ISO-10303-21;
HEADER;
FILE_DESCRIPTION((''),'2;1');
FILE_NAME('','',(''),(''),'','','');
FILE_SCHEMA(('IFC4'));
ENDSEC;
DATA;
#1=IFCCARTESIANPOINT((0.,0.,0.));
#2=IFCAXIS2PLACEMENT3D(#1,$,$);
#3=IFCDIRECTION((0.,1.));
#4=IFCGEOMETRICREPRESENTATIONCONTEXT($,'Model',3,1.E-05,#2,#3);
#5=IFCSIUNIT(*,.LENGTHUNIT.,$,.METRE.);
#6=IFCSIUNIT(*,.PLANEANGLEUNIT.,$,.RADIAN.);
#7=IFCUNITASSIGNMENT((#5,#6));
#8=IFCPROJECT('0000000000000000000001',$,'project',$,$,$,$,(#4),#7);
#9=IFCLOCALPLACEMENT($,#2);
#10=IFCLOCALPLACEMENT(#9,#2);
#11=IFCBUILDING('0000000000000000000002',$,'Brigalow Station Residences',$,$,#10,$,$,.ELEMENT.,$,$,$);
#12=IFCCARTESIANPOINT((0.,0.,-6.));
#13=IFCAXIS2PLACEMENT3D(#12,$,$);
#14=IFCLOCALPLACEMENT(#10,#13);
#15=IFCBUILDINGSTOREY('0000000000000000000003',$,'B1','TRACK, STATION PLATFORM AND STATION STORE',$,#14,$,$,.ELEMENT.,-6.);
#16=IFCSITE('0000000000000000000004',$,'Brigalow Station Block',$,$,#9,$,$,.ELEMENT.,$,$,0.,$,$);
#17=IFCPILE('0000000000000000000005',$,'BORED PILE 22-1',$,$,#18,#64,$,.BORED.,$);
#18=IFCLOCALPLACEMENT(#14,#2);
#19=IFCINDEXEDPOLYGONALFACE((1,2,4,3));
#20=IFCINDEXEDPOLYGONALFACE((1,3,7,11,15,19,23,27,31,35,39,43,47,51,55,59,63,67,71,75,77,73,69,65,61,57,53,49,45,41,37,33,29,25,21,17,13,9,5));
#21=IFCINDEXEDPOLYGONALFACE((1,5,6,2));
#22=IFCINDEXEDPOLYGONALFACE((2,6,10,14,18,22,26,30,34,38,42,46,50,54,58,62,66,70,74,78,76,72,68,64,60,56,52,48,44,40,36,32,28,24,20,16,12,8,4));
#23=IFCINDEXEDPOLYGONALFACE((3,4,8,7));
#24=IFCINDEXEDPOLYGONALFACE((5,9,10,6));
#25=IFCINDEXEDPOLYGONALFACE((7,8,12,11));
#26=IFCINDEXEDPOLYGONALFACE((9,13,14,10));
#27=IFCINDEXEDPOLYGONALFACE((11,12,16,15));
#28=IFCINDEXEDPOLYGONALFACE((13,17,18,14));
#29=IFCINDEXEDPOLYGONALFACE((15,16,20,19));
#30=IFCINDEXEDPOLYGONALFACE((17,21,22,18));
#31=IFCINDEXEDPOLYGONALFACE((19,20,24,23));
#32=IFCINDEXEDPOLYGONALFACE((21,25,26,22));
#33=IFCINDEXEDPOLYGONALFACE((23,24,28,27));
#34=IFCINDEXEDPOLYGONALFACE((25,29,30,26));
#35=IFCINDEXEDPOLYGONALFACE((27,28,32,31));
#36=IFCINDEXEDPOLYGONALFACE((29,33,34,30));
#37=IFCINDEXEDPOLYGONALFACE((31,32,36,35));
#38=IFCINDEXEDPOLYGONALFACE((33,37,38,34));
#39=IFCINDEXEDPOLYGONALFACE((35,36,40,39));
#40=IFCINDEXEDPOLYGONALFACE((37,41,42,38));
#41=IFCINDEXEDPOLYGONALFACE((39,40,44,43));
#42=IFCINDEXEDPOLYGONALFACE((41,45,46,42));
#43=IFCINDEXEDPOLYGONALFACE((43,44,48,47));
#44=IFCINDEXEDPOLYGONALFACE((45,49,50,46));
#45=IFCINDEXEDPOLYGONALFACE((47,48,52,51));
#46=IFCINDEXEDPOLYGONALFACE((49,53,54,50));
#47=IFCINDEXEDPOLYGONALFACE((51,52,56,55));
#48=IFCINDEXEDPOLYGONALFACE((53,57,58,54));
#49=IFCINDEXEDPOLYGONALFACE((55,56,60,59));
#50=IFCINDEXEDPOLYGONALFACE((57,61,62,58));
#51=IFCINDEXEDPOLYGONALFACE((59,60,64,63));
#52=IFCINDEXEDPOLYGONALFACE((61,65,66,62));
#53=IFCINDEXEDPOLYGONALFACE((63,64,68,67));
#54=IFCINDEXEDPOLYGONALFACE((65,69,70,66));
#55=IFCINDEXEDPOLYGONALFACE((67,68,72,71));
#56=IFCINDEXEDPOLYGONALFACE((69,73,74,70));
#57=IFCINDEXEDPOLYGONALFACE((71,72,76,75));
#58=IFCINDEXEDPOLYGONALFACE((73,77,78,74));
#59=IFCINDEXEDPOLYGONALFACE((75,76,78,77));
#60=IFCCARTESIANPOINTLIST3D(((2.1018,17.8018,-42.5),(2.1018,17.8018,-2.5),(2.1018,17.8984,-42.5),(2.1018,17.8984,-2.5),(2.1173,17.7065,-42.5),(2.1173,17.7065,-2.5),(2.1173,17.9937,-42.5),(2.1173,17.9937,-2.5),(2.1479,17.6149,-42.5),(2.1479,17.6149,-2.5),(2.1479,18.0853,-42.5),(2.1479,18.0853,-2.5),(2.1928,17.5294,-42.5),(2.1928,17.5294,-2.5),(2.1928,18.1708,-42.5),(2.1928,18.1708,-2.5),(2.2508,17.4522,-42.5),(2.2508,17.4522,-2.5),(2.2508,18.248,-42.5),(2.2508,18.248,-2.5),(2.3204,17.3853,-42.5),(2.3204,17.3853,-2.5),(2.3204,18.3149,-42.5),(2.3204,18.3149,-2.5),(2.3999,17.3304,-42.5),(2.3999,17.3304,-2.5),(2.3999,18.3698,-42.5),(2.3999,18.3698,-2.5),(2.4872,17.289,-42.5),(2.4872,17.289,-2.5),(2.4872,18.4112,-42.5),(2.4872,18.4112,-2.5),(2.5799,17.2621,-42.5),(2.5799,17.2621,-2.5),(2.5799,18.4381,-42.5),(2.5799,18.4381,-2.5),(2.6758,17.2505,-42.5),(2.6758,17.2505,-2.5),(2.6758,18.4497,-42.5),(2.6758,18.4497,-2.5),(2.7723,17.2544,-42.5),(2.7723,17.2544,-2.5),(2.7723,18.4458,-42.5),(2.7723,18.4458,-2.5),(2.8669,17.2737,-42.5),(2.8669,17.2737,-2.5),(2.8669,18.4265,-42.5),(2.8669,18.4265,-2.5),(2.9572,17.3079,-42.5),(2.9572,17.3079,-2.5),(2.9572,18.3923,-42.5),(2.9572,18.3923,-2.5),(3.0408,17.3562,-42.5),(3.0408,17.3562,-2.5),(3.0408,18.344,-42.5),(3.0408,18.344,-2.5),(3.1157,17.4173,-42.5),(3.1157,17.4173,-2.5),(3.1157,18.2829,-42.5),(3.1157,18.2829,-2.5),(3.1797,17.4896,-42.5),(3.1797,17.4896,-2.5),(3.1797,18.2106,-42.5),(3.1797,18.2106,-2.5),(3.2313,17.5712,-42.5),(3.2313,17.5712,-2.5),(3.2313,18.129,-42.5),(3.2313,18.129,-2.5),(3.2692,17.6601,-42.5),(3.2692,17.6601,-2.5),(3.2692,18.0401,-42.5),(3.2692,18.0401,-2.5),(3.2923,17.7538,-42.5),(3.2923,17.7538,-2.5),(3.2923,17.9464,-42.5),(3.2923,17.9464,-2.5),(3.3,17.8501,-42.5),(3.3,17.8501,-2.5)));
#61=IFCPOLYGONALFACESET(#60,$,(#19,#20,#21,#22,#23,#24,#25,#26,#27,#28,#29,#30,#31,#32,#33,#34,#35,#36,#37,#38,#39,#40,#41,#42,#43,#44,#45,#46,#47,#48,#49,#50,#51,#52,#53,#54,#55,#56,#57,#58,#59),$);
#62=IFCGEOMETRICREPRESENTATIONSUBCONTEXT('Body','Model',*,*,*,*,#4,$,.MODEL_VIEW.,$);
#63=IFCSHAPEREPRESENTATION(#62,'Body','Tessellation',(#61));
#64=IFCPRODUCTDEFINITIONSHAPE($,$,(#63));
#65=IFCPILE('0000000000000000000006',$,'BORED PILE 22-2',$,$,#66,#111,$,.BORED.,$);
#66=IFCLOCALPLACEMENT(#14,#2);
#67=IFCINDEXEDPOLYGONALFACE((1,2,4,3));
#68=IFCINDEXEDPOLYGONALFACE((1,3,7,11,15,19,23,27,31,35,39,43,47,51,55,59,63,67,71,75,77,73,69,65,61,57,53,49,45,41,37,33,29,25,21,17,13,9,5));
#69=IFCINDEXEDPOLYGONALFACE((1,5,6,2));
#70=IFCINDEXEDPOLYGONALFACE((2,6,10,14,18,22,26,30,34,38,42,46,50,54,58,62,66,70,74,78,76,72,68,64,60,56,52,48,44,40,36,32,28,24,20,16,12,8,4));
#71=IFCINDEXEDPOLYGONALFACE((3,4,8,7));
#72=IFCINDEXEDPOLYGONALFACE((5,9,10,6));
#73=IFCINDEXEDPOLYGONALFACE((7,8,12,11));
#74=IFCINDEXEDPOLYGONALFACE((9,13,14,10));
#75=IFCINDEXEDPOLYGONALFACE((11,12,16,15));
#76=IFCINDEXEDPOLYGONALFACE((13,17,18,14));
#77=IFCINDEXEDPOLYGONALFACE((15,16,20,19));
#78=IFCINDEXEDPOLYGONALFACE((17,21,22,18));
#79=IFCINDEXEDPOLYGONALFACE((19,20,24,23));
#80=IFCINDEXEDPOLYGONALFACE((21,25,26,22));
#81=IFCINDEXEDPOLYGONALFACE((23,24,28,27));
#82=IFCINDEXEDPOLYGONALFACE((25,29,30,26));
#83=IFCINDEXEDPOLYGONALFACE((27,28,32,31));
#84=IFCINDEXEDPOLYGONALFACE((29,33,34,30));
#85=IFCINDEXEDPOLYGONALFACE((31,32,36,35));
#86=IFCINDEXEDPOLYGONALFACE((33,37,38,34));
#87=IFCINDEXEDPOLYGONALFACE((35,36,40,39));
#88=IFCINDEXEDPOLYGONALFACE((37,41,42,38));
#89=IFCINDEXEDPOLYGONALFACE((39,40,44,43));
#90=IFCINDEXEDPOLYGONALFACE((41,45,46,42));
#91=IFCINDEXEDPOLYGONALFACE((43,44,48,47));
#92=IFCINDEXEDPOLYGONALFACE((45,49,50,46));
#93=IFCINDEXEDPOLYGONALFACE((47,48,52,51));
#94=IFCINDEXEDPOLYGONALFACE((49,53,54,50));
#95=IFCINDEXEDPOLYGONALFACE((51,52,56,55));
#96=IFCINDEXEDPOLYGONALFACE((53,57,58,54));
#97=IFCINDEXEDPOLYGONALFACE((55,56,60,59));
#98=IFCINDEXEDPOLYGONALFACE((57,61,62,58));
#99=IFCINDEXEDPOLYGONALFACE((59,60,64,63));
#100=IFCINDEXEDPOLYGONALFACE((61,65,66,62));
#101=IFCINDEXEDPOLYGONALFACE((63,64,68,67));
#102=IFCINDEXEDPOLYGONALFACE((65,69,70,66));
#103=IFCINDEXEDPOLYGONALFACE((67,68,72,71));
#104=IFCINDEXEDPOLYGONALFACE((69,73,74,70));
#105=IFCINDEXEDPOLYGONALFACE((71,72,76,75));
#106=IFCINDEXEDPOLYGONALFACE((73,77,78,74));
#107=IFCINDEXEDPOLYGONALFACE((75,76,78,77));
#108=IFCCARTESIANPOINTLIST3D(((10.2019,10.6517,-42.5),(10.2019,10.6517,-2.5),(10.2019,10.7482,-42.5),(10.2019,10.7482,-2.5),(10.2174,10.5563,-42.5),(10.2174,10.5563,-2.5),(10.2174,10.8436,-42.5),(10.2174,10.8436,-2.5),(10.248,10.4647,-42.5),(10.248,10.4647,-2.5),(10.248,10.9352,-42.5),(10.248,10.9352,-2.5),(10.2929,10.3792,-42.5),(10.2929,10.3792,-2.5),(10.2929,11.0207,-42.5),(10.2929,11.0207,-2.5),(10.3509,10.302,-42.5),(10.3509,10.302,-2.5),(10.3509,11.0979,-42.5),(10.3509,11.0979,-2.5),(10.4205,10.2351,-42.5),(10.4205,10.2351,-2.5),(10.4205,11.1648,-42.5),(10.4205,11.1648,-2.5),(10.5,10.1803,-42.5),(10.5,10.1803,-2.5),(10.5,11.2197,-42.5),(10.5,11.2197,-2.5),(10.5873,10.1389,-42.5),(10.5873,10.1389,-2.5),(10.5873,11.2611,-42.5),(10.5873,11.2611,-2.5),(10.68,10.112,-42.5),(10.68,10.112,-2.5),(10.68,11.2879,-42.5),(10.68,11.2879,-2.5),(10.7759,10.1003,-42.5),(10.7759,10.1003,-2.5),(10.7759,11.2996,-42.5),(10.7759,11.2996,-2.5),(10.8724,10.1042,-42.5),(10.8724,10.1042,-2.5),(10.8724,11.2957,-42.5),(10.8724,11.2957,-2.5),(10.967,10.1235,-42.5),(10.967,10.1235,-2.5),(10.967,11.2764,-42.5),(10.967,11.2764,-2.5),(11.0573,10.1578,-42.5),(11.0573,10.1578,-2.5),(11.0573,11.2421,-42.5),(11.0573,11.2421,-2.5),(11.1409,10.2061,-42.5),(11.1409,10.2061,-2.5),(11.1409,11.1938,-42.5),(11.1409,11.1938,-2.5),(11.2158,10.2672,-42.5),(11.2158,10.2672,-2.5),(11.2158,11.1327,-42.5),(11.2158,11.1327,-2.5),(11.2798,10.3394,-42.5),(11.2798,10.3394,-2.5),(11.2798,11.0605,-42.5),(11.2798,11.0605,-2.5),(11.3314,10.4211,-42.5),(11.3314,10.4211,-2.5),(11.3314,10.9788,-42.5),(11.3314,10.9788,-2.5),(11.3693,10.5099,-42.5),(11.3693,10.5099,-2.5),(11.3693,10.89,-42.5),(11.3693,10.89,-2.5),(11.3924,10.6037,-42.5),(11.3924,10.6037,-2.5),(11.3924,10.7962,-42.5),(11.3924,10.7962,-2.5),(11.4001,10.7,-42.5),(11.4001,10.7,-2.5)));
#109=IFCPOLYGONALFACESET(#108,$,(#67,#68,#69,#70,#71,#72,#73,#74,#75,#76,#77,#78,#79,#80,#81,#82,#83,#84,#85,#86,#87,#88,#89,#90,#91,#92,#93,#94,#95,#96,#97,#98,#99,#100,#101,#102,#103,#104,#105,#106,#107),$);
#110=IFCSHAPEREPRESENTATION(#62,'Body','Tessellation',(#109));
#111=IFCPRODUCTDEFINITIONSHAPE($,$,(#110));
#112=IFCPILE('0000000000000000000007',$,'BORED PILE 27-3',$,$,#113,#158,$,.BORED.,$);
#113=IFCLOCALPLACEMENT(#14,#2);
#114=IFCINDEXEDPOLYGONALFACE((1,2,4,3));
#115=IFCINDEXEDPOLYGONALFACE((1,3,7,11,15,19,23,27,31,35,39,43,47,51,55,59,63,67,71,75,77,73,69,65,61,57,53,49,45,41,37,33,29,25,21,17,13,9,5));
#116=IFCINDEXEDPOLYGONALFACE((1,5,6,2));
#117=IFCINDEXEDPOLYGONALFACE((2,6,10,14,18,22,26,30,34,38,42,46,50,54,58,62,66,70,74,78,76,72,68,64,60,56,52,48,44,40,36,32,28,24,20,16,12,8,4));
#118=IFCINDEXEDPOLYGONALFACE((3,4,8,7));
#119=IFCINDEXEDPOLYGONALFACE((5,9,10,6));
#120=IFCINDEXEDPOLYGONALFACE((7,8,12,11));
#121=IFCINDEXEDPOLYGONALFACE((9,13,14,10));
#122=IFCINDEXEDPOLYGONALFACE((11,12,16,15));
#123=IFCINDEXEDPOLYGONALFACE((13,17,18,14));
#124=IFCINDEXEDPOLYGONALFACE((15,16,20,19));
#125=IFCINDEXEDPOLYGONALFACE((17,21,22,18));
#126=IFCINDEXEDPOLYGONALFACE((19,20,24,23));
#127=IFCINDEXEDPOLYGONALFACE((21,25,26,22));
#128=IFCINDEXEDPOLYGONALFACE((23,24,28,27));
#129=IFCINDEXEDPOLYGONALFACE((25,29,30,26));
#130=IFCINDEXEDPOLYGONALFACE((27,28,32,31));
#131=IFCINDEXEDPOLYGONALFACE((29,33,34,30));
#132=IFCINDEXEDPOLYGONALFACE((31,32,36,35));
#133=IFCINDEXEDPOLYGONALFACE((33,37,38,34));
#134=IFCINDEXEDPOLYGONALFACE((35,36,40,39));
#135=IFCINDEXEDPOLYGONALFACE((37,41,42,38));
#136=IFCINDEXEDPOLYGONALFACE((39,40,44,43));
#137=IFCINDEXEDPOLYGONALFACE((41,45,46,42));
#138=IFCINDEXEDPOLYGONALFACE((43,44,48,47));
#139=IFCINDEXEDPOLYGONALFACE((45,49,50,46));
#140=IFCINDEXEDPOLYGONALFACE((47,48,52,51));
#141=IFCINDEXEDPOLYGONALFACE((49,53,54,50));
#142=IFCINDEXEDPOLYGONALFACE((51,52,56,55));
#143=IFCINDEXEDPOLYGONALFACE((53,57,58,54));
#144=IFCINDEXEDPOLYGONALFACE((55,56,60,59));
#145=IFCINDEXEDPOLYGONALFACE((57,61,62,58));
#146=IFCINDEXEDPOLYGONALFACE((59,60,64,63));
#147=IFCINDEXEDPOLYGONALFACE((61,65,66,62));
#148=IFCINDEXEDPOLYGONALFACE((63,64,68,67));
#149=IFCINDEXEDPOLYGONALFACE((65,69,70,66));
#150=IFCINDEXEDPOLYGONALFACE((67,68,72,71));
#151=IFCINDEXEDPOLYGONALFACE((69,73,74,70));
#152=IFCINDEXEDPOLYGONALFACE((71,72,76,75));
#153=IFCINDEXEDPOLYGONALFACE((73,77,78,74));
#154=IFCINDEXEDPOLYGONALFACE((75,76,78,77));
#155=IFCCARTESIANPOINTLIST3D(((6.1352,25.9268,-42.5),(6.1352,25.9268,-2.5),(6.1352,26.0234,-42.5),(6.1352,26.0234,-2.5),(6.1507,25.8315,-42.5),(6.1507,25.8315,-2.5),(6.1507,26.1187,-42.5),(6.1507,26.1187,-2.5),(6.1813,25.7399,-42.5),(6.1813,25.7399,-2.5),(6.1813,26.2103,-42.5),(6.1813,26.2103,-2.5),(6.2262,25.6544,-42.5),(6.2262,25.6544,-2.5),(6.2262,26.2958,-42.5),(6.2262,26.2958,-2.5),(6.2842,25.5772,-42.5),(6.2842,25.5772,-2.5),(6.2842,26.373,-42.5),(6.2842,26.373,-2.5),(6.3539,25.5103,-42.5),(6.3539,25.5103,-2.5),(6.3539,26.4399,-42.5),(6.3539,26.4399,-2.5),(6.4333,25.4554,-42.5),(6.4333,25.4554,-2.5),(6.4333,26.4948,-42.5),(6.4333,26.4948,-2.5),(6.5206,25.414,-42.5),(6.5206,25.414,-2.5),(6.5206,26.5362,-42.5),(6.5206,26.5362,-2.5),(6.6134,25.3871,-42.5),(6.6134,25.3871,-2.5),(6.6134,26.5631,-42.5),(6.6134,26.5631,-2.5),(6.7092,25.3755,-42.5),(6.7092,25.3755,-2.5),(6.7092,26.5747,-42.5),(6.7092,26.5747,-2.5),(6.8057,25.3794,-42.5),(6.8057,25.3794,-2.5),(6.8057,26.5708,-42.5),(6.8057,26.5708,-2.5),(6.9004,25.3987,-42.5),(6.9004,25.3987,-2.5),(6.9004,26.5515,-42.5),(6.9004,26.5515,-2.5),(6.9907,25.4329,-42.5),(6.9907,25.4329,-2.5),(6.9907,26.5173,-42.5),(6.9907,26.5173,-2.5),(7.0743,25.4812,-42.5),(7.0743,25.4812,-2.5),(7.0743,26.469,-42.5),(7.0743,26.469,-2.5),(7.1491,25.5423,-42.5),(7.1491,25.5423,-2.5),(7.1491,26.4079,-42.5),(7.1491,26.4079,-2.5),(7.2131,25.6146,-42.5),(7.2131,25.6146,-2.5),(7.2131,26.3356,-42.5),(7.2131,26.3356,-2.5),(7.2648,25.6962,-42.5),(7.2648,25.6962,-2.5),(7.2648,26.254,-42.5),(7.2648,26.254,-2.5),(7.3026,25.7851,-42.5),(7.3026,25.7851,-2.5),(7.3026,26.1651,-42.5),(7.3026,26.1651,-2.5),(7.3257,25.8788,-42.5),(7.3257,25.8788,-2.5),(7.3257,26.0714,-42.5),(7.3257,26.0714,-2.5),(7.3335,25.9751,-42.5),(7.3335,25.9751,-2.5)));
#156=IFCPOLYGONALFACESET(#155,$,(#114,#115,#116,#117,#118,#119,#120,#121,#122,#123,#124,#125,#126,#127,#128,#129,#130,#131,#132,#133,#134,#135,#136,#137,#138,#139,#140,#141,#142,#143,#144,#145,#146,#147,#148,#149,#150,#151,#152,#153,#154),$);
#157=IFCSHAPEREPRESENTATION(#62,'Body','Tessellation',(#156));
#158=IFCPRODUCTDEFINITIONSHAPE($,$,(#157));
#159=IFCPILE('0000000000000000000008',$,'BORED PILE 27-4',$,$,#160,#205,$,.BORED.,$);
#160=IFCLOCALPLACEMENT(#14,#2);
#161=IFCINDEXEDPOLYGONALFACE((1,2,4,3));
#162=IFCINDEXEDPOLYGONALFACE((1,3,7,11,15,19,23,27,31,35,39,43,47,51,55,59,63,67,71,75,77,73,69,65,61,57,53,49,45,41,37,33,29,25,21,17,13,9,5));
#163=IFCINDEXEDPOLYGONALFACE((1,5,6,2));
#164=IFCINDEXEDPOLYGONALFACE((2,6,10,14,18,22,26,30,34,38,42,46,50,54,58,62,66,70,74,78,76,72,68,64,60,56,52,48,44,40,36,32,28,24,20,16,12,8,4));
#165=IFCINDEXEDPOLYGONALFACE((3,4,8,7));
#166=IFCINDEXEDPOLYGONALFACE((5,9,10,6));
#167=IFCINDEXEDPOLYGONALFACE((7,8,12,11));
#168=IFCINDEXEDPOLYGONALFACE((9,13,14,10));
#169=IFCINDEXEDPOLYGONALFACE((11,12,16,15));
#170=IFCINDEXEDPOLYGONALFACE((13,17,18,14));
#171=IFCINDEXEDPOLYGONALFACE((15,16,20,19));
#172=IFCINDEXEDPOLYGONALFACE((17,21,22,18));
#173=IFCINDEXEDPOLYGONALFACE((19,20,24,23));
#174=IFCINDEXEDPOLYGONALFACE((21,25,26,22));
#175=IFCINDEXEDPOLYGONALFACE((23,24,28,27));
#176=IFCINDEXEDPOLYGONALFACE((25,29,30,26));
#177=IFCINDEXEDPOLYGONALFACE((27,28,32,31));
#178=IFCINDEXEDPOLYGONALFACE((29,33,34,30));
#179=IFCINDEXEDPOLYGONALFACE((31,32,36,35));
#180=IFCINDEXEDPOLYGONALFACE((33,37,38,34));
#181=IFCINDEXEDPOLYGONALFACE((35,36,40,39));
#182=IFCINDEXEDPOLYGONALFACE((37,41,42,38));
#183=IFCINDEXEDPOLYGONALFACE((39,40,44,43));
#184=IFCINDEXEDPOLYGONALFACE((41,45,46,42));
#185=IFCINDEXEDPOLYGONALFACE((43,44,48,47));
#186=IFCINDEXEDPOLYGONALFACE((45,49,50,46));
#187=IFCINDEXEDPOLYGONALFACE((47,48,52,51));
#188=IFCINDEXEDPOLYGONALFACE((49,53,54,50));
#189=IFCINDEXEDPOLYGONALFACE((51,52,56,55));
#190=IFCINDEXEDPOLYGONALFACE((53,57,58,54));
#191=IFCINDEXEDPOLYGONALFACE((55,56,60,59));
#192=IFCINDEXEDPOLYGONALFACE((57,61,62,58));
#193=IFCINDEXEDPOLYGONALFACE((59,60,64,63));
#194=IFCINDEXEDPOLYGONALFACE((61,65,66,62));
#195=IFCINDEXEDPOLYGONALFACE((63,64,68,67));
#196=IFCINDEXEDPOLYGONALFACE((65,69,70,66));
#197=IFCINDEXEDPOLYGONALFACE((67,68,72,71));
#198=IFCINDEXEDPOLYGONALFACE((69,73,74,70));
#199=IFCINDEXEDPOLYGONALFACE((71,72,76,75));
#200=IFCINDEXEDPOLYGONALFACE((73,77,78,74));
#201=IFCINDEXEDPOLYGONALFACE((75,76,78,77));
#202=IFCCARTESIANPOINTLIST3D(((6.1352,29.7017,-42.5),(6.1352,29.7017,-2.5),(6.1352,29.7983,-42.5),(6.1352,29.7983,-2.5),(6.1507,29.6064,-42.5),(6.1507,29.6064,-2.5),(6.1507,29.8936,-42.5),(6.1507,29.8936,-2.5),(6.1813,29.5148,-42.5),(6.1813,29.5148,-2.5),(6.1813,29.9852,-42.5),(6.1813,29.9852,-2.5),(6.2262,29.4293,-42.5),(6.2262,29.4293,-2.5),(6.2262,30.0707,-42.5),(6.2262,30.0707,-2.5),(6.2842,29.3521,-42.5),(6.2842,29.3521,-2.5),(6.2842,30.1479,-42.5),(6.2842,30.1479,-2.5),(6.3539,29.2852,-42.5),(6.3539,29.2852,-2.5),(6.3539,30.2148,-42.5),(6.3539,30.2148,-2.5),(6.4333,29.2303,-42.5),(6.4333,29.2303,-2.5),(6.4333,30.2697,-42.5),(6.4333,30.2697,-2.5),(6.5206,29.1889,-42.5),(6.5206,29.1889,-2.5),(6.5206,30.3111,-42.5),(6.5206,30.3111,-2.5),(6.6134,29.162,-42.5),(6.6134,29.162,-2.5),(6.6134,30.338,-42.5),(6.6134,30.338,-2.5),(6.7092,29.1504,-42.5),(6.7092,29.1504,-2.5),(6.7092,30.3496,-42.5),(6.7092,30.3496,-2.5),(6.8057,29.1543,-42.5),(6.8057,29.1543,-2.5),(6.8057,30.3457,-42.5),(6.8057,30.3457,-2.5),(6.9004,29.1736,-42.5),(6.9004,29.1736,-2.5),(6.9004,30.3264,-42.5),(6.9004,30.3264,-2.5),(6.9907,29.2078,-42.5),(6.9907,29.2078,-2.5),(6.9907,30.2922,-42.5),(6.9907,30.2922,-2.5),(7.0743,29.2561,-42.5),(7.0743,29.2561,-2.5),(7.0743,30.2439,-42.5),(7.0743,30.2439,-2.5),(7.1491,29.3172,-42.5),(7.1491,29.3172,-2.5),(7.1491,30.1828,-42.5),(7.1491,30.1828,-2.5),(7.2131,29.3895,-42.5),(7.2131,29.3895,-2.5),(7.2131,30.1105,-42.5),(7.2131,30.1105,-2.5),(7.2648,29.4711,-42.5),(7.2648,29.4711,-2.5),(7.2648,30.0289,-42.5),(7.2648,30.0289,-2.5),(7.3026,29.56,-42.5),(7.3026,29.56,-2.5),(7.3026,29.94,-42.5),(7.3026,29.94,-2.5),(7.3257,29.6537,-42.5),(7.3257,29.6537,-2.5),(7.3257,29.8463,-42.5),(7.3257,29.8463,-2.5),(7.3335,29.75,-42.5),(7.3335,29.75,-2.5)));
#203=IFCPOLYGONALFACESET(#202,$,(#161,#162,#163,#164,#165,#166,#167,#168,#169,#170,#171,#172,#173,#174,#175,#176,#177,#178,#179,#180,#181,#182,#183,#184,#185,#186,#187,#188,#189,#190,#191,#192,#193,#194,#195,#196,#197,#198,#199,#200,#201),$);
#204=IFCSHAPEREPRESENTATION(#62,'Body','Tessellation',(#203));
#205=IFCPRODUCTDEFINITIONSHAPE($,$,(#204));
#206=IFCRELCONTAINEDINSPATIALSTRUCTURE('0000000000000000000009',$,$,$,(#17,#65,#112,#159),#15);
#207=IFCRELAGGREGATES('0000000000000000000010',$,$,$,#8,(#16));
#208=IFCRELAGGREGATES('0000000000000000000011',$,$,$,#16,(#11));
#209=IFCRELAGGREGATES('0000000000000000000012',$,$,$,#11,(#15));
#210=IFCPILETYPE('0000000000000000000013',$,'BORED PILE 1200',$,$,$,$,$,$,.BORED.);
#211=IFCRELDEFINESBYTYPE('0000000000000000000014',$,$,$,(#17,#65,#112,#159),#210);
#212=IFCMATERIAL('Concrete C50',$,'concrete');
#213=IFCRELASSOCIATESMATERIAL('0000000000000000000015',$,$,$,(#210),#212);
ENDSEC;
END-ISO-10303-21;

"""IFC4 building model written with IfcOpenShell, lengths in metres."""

from ifc_helpers import new_model, si_unit, direction, frame, origin, origin_2d, place, context, subcontext, project, spatial, circle, extrude, material, material_profile, profile_set, type_object, element, save


model = new_model("IFC4")

# Units and contexts
model_context = context("Model", 3, precision=1e-05, world=origin(), true_north=direction((0.0, 1.0)))
body_context = subcontext(model_context, "Body", "Model", "MODEL_VIEW")
ifc_project = project(units=[si_unit("LENGTHUNIT", "METRE"), si_unit("PLANEANGLEUNIT", "RADIAN")], contexts=[model_context])

# Site, building, storey
site_placement = place(None, origin())
site = spatial("IfcSite", under=ifc_project, at=site_placement, Name="Brigalow Station Block", CompositionType="ELEMENT", RefElevation=0.0)
building_placement = place(site_placement, origin())
building = spatial("IfcBuilding", under=site, at=building_placement, Name="Brigalow Station Residences", CompositionType="ELEMENT")
storey_placement = place(building_placement, frame((0.0, 0.0, -6.0)))
storey = spatial("IfcBuildingStorey", under=building, at=storey_placement, Name="B1", Description="TRACK, STATION PLATFORM AND STATION STORE", CompositionType="ELEMENT", Elevation=-6.0)

# Piles
ifc_material_1 = material(Name="Concrete C50", Category="concrete")
ifc_material_profile_1 = material_profile(ifc_material_1, circle(Radius=0.6001, at=origin_2d()), Name="BP1200")
ifc_profile_set_1 = profile_set([ifc_material_profile_1], Name="Concrete C50")
pile_type_1 = type_object("IfcPileType", Name="BORED PILE 1200", PredefinedType="BORED", material=ifc_profile_set_1)
for number, where, z_axis, x_axis, name in (
    (1, (2.7, 17.8501, -2.5), (0.0, 0.0, -1.0), (1.0, 0.0, 0.0), "BORED PILE 22-1"),
    (2, (10.8, 10.7, -2.5), (0.0, 0.0, -1.0), (1.0, 0.0, 0.0), "BORED PILE 22-2"),
    (3, (6.7334, 25.9751, -2.5), (0.0, 0.0, -1.0), (1.0, 0.0, 0.0), "BORED PILE 27-3"),
    (4, (6.7334, 29.75, -2.5), (0.0, 0.0, -1.0), (1.0, 0.0, 0.0), "BORED PILE 27-4"),
):
    element("IfcPile", number, at=place(storey_placement, frame(where, z_axis=z_axis, x_axis=x_axis)), inside=storey, type_object=pile_type_1, Name=name, PredefinedType="BORED", context=body_context, shape_type="SweptSolid", body=[
        extrude(circle(Radius=0.6001, at=origin_2d()), origin(), (0.0, 0.0, 1.0), 40.0),
    ])

save(model, "model.ifc")
